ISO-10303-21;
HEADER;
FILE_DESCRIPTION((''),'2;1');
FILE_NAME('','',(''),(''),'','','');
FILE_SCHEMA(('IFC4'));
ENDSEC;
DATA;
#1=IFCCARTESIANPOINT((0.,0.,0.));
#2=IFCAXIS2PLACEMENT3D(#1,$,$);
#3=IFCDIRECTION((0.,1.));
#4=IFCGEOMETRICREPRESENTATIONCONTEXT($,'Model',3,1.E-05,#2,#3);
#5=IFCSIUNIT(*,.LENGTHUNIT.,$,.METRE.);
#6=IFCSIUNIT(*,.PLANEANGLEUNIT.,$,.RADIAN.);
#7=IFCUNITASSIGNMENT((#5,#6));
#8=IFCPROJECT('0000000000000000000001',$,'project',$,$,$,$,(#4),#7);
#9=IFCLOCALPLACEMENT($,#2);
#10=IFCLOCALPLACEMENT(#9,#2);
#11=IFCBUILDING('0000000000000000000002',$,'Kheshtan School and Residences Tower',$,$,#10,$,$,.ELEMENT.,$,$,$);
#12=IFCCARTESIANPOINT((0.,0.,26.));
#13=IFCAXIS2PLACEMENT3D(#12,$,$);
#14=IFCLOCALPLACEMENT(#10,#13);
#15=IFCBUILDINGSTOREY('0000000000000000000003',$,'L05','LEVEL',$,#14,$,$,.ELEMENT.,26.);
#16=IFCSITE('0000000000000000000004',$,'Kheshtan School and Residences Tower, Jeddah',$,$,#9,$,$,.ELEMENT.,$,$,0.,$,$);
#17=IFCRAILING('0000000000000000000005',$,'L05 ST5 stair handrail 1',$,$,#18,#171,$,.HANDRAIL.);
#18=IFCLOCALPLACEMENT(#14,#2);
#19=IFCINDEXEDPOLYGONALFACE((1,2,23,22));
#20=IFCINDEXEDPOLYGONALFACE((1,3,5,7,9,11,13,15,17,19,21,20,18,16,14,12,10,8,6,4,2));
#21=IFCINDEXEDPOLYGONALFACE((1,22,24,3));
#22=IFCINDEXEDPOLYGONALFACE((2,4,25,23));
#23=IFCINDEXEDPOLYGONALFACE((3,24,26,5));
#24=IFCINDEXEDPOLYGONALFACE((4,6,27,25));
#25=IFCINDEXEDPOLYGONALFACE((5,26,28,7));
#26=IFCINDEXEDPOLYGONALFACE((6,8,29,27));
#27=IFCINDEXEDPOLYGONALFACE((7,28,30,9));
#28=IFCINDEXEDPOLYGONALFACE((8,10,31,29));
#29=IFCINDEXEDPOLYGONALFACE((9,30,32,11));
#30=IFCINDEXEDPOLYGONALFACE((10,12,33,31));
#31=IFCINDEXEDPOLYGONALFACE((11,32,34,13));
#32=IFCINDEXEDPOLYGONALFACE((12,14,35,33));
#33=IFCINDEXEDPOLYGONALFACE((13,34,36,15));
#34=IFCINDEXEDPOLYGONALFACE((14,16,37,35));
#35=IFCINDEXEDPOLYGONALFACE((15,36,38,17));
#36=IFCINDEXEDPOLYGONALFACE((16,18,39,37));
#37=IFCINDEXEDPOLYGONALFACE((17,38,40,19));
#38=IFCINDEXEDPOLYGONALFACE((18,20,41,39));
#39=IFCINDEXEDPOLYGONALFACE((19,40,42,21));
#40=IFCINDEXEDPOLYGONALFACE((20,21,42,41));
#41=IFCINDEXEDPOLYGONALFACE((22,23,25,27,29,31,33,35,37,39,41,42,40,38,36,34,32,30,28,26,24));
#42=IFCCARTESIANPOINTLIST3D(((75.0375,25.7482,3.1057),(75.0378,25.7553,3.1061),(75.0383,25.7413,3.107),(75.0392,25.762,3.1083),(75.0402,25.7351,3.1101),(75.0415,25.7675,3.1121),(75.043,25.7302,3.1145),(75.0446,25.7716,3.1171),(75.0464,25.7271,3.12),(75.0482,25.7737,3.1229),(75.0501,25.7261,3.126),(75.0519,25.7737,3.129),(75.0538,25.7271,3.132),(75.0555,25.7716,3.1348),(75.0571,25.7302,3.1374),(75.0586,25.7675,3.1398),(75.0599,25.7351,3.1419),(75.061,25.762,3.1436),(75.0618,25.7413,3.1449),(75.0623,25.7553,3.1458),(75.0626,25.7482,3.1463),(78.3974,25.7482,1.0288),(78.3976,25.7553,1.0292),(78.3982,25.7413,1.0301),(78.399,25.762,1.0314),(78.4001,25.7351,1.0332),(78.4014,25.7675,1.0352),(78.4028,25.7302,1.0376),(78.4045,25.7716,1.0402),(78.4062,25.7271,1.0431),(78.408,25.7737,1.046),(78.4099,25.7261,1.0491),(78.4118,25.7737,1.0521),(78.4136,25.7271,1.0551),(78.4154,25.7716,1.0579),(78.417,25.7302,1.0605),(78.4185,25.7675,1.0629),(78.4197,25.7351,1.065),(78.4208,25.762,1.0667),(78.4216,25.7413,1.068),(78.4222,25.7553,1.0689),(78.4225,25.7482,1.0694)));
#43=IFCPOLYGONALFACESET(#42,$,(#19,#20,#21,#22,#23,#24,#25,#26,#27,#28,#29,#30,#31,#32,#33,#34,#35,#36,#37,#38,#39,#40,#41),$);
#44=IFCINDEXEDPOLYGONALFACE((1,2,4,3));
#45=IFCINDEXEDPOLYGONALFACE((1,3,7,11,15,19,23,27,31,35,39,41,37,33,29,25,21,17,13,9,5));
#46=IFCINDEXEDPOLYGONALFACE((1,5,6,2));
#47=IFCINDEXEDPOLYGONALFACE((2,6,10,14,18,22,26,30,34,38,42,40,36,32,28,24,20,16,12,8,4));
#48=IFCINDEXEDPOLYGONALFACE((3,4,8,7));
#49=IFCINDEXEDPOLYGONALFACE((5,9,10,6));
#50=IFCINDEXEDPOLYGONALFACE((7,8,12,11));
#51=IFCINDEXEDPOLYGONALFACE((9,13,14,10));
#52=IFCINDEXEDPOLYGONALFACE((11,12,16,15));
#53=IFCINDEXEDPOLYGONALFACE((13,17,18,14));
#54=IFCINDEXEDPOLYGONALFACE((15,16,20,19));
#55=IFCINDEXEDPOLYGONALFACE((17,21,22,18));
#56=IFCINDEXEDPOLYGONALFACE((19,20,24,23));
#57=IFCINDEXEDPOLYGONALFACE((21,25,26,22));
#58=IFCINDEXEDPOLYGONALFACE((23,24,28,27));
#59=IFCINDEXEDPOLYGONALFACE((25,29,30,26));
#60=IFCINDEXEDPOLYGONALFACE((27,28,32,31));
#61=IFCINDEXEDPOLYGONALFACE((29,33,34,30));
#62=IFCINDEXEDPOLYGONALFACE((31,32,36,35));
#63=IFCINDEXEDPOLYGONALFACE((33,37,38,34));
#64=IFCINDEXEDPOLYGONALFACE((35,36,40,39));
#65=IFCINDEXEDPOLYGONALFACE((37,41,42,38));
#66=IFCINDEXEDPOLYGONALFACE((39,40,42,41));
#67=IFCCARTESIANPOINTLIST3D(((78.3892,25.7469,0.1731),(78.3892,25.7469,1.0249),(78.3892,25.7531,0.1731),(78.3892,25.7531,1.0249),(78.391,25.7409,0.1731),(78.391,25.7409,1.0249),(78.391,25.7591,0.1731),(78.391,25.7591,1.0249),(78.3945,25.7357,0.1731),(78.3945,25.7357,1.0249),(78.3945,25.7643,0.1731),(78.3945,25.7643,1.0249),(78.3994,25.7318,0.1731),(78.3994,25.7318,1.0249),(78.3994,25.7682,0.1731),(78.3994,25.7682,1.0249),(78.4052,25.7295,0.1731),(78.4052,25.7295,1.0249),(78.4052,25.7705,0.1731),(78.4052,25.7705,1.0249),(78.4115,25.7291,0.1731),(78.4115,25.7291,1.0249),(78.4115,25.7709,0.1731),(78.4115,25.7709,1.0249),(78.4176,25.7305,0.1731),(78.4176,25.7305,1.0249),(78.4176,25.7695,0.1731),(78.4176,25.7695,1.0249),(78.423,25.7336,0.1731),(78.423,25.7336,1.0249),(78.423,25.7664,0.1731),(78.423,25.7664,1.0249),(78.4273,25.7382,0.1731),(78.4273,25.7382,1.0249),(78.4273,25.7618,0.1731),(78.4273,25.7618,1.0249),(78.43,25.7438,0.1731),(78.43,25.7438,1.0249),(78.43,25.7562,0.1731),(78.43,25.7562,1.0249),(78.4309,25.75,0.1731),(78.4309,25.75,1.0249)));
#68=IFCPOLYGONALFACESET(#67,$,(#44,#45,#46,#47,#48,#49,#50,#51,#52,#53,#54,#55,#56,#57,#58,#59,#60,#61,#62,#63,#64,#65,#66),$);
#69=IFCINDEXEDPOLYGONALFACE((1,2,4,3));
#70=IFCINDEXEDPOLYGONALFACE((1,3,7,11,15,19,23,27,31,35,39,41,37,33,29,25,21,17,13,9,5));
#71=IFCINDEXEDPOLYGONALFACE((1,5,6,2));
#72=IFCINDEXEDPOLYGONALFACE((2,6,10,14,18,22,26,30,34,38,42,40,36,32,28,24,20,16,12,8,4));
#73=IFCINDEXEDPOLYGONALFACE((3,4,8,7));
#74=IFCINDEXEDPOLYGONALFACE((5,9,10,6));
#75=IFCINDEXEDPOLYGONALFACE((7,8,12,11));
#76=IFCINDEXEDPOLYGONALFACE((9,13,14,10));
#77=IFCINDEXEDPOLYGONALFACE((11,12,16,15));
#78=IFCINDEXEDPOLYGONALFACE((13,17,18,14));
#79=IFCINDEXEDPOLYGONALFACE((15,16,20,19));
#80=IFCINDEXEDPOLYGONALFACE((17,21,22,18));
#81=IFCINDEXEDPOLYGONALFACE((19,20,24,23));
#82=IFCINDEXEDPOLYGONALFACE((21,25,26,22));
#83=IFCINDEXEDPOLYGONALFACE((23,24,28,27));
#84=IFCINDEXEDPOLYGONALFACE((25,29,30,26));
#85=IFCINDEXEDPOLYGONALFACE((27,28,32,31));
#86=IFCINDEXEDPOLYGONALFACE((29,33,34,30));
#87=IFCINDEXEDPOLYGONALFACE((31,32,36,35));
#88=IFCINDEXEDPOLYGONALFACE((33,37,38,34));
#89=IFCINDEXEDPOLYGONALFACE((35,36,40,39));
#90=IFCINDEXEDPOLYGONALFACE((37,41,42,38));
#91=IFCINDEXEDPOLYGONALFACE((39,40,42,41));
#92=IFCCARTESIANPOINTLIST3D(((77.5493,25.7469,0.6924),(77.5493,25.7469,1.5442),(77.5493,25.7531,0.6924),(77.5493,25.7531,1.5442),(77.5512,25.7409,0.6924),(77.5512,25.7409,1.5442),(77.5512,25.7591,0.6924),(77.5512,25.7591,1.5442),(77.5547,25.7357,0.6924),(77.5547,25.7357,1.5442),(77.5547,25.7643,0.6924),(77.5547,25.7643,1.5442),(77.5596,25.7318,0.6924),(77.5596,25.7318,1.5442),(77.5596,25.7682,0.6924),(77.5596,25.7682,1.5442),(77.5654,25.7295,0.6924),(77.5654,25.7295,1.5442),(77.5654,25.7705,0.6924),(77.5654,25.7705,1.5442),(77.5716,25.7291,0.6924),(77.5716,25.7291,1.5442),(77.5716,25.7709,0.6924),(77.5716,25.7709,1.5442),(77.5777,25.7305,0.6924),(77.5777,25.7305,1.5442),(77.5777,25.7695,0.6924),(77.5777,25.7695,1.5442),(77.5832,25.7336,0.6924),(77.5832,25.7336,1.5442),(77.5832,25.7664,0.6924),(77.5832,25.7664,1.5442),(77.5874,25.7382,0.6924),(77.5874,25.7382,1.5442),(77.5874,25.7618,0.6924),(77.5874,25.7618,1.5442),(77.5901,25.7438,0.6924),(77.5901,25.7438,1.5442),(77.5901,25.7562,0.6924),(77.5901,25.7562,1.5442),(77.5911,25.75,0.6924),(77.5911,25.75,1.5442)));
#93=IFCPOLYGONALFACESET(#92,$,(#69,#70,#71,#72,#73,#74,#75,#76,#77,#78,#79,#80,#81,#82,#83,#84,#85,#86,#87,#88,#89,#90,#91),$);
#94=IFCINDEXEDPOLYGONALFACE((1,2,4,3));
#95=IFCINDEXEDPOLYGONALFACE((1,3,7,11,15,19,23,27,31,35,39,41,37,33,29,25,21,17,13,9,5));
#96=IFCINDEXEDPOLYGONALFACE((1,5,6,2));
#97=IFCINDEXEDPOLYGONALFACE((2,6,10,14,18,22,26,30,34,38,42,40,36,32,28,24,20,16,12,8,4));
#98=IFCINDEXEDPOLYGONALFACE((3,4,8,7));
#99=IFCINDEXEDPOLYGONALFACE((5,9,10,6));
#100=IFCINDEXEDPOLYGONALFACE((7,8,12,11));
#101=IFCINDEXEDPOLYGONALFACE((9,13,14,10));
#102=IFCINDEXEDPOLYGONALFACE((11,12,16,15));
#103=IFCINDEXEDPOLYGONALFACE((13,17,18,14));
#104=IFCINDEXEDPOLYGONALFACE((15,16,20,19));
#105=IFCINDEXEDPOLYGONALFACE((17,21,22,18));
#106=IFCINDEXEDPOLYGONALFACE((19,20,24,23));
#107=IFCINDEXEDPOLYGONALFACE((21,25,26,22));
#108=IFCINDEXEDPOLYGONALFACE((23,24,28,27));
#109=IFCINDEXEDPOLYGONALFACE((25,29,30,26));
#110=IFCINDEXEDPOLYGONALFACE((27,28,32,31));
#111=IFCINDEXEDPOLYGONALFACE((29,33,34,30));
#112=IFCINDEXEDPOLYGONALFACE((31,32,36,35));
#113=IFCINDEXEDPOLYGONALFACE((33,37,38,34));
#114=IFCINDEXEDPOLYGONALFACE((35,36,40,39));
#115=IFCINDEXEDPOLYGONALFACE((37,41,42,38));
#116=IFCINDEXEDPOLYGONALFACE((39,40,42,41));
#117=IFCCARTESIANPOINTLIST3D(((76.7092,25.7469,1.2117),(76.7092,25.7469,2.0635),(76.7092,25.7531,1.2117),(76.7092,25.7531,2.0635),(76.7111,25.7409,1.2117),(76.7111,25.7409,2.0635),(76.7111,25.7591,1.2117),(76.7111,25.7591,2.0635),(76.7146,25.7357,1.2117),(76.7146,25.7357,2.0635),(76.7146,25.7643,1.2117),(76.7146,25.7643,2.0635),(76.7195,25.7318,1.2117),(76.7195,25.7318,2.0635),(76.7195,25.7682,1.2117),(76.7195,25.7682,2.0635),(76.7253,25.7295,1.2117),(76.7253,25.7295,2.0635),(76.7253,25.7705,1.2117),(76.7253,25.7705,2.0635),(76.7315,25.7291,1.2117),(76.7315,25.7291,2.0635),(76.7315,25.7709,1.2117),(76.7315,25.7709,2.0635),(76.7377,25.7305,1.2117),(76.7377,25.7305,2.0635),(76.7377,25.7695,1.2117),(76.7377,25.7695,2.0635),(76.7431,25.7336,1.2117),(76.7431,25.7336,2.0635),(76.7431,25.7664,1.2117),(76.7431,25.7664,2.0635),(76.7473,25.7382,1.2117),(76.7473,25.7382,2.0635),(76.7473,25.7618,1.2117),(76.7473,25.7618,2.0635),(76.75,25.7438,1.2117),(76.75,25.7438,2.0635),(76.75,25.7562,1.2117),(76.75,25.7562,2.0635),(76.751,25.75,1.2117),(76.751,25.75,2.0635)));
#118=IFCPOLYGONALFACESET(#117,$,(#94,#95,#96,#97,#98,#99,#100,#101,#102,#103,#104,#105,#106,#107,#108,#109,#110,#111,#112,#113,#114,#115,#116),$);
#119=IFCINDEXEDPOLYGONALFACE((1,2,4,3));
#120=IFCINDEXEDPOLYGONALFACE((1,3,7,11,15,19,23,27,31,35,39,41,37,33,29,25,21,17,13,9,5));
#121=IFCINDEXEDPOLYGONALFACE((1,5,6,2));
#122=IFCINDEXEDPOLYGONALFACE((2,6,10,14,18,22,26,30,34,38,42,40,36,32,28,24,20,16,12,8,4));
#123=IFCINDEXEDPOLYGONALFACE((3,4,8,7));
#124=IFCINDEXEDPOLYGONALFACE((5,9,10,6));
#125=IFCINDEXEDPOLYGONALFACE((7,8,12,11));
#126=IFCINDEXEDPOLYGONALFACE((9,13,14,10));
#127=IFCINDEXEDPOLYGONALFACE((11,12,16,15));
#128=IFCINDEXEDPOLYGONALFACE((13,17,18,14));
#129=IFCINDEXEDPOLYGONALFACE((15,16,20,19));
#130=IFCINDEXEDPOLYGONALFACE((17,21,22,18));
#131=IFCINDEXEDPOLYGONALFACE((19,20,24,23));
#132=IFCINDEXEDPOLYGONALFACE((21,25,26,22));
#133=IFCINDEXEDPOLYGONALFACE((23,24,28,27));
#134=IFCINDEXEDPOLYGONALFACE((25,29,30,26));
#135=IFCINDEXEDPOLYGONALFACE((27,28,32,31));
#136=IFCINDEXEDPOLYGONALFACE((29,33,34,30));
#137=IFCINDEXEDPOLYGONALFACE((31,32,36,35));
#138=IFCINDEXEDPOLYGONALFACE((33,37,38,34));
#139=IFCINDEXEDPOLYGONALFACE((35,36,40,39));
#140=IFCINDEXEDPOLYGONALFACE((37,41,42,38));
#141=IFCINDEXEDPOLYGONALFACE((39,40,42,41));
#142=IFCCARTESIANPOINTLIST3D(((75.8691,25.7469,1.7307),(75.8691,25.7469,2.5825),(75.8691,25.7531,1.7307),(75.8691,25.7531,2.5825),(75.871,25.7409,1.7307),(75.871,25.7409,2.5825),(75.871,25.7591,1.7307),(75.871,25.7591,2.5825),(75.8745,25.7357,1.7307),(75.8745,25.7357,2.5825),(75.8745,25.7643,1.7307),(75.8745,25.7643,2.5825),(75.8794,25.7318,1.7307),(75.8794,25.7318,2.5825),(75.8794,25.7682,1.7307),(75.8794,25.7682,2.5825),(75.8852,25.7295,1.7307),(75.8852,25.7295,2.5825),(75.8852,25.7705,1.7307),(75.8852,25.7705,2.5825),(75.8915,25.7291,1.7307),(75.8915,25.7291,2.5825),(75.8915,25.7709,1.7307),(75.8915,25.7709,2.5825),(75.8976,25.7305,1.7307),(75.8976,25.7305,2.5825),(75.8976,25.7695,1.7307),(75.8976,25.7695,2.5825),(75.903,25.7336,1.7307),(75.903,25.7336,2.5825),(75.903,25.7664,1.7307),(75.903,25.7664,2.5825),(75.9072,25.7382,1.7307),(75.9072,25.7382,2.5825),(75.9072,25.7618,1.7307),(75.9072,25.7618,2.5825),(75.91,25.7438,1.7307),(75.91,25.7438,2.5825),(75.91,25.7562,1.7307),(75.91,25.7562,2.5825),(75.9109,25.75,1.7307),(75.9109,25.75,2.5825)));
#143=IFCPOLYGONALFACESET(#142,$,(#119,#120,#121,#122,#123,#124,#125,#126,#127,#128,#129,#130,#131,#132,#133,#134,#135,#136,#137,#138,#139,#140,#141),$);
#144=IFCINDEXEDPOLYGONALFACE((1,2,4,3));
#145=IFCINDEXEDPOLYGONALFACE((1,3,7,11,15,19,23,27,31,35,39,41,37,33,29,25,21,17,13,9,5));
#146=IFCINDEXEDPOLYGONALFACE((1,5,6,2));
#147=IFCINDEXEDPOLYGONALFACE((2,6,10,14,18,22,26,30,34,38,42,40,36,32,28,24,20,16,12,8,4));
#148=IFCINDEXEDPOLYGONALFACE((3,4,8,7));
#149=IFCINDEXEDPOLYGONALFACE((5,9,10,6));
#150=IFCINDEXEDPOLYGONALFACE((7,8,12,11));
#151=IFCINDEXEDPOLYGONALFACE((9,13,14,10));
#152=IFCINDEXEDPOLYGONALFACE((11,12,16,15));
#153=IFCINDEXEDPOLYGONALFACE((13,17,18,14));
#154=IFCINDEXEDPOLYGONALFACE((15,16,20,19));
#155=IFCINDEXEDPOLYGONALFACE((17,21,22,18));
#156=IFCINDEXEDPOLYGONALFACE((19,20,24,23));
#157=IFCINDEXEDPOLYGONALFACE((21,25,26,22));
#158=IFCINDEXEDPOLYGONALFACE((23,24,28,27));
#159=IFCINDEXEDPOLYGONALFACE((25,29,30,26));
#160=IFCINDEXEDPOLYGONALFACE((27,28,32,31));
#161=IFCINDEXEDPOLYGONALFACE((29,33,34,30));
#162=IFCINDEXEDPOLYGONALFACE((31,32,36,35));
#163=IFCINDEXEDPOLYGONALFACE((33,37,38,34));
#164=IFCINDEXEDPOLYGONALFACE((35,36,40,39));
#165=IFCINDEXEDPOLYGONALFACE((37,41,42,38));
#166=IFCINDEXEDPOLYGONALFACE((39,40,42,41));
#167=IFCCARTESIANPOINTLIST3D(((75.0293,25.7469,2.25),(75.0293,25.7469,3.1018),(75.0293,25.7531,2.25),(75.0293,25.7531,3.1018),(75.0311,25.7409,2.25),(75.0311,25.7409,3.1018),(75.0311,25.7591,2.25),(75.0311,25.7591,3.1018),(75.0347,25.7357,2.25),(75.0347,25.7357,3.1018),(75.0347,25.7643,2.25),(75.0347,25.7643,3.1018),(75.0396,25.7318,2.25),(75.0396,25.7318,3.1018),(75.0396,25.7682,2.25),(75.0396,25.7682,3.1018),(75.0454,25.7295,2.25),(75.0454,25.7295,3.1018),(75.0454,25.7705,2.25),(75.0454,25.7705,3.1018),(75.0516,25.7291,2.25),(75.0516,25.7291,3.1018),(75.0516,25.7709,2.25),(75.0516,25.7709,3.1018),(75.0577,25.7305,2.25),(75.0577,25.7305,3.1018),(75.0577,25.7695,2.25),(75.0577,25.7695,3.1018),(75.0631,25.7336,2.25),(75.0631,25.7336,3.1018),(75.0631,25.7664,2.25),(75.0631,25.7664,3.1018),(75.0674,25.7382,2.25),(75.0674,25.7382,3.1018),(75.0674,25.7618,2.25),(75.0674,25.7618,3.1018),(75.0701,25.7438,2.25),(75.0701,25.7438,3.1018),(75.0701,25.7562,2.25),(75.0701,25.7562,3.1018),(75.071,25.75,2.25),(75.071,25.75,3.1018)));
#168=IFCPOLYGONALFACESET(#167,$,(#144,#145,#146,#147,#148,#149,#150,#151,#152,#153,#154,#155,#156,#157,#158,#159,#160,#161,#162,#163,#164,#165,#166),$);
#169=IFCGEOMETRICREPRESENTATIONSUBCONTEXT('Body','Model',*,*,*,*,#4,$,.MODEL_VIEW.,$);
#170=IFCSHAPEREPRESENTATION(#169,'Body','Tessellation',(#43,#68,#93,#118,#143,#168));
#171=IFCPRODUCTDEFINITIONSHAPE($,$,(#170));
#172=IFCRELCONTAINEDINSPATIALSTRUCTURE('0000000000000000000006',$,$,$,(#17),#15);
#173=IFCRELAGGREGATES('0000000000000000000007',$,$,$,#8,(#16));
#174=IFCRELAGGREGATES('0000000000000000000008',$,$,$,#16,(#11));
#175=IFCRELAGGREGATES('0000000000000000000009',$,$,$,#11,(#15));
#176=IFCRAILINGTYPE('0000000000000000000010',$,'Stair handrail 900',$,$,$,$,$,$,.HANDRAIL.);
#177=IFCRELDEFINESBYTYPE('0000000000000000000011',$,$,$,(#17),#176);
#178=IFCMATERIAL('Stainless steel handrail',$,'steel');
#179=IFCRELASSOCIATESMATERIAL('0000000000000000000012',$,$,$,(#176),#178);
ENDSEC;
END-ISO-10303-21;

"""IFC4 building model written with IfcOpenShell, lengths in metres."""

from ifc_helpers import new_model, si_unit, direction, frame, origin, origin_2d, place, context, subcontext, project, spatial, circle, extrude, material, type_object, element, save


model = new_model("IFC4")

# Units and contexts
model_context = context("Model", 3, precision=1e-05, world=origin(), true_north=direction((0.0, 1.0)))
body_context = subcontext(model_context, "Body", "Model", "MODEL_VIEW")
ifc_project = project(units=[si_unit("LENGTHUNIT", "METRE"), si_unit("PLANEANGLEUNIT", "RADIAN")], contexts=[model_context])

# Site, building, storey
site_placement = place(None, origin())
site = spatial("IfcSite", under=ifc_project, at=site_placement, Name="Kheshtan School and Residences Tower, Jeddah", CompositionType="ELEMENT", RefElevation=0.0)
building_placement = place(site_placement, origin())
building = spatial("IfcBuilding", under=site, at=building_placement, Name="Kheshtan School and Residences Tower", CompositionType="ELEMENT")
storey_placement = place(building_placement, frame((0.0, 0.0, 26.0)))
storey = spatial("IfcBuildingStorey", under=building, at=storey_placement, Name="L05", Description="LEVEL", CompositionType="ELEMENT", Elevation=26.0)

# Railing
ifc_material_1 = material(Name="Stainless steel handrail", Category="steel")
railing_type_1 = type_object("IfcRailingType", Name="Stair handrail 900", PredefinedType="HANDRAIL", material=ifc_material_1)
railing_1_placement = place(storey_placement, frame((78.4099, 25.75, 0.1731)))
element("IfcRailing", 1, at=railing_1_placement, inside=storey, type_object=railing_type_1, Name="L05 ST5 stair handrail 1", PredefinedType="HANDRAIL", context=body_context, shape_type="SweptSolid", body=[
    extrude(circle(Radius=0.0239, at=origin_2d()), frame((0.0, 0.0, 0.876), z_axis=(-0.850606, 0.0, 0.525803), x_axis=(0.0, -1.0, 0.0)), (0.0, 0.0, 1.0), 3.95),
    extrude(circle(Radius=0.021, at=origin_2d()), origin(), (0.0, 0.0, 1.0), 0.8518),
    extrude(circle(Radius=0.021, at=origin_2d()), frame((-0.8398, 0.0, 0.5193)), (0.0, 0.0, 1.0), 0.8518),
    extrude(circle(Radius=0.021, at=origin_2d()), frame((-1.6799, 0.0, 1.0386)), (0.0, 0.0, 1.0), 0.8518),
    extrude(circle(Radius=0.021, at=origin_2d()), frame((-2.52, 0.0, 1.5576)), (0.0, 0.0, 1.0), 0.8518),
    extrude(circle(Radius=0.021, at=origin_2d()), frame((-3.3599, 0.0, 2.0769)), (0.0, 0.0, 1.0), 0.8518),
])

save(model, "model.ifc")
